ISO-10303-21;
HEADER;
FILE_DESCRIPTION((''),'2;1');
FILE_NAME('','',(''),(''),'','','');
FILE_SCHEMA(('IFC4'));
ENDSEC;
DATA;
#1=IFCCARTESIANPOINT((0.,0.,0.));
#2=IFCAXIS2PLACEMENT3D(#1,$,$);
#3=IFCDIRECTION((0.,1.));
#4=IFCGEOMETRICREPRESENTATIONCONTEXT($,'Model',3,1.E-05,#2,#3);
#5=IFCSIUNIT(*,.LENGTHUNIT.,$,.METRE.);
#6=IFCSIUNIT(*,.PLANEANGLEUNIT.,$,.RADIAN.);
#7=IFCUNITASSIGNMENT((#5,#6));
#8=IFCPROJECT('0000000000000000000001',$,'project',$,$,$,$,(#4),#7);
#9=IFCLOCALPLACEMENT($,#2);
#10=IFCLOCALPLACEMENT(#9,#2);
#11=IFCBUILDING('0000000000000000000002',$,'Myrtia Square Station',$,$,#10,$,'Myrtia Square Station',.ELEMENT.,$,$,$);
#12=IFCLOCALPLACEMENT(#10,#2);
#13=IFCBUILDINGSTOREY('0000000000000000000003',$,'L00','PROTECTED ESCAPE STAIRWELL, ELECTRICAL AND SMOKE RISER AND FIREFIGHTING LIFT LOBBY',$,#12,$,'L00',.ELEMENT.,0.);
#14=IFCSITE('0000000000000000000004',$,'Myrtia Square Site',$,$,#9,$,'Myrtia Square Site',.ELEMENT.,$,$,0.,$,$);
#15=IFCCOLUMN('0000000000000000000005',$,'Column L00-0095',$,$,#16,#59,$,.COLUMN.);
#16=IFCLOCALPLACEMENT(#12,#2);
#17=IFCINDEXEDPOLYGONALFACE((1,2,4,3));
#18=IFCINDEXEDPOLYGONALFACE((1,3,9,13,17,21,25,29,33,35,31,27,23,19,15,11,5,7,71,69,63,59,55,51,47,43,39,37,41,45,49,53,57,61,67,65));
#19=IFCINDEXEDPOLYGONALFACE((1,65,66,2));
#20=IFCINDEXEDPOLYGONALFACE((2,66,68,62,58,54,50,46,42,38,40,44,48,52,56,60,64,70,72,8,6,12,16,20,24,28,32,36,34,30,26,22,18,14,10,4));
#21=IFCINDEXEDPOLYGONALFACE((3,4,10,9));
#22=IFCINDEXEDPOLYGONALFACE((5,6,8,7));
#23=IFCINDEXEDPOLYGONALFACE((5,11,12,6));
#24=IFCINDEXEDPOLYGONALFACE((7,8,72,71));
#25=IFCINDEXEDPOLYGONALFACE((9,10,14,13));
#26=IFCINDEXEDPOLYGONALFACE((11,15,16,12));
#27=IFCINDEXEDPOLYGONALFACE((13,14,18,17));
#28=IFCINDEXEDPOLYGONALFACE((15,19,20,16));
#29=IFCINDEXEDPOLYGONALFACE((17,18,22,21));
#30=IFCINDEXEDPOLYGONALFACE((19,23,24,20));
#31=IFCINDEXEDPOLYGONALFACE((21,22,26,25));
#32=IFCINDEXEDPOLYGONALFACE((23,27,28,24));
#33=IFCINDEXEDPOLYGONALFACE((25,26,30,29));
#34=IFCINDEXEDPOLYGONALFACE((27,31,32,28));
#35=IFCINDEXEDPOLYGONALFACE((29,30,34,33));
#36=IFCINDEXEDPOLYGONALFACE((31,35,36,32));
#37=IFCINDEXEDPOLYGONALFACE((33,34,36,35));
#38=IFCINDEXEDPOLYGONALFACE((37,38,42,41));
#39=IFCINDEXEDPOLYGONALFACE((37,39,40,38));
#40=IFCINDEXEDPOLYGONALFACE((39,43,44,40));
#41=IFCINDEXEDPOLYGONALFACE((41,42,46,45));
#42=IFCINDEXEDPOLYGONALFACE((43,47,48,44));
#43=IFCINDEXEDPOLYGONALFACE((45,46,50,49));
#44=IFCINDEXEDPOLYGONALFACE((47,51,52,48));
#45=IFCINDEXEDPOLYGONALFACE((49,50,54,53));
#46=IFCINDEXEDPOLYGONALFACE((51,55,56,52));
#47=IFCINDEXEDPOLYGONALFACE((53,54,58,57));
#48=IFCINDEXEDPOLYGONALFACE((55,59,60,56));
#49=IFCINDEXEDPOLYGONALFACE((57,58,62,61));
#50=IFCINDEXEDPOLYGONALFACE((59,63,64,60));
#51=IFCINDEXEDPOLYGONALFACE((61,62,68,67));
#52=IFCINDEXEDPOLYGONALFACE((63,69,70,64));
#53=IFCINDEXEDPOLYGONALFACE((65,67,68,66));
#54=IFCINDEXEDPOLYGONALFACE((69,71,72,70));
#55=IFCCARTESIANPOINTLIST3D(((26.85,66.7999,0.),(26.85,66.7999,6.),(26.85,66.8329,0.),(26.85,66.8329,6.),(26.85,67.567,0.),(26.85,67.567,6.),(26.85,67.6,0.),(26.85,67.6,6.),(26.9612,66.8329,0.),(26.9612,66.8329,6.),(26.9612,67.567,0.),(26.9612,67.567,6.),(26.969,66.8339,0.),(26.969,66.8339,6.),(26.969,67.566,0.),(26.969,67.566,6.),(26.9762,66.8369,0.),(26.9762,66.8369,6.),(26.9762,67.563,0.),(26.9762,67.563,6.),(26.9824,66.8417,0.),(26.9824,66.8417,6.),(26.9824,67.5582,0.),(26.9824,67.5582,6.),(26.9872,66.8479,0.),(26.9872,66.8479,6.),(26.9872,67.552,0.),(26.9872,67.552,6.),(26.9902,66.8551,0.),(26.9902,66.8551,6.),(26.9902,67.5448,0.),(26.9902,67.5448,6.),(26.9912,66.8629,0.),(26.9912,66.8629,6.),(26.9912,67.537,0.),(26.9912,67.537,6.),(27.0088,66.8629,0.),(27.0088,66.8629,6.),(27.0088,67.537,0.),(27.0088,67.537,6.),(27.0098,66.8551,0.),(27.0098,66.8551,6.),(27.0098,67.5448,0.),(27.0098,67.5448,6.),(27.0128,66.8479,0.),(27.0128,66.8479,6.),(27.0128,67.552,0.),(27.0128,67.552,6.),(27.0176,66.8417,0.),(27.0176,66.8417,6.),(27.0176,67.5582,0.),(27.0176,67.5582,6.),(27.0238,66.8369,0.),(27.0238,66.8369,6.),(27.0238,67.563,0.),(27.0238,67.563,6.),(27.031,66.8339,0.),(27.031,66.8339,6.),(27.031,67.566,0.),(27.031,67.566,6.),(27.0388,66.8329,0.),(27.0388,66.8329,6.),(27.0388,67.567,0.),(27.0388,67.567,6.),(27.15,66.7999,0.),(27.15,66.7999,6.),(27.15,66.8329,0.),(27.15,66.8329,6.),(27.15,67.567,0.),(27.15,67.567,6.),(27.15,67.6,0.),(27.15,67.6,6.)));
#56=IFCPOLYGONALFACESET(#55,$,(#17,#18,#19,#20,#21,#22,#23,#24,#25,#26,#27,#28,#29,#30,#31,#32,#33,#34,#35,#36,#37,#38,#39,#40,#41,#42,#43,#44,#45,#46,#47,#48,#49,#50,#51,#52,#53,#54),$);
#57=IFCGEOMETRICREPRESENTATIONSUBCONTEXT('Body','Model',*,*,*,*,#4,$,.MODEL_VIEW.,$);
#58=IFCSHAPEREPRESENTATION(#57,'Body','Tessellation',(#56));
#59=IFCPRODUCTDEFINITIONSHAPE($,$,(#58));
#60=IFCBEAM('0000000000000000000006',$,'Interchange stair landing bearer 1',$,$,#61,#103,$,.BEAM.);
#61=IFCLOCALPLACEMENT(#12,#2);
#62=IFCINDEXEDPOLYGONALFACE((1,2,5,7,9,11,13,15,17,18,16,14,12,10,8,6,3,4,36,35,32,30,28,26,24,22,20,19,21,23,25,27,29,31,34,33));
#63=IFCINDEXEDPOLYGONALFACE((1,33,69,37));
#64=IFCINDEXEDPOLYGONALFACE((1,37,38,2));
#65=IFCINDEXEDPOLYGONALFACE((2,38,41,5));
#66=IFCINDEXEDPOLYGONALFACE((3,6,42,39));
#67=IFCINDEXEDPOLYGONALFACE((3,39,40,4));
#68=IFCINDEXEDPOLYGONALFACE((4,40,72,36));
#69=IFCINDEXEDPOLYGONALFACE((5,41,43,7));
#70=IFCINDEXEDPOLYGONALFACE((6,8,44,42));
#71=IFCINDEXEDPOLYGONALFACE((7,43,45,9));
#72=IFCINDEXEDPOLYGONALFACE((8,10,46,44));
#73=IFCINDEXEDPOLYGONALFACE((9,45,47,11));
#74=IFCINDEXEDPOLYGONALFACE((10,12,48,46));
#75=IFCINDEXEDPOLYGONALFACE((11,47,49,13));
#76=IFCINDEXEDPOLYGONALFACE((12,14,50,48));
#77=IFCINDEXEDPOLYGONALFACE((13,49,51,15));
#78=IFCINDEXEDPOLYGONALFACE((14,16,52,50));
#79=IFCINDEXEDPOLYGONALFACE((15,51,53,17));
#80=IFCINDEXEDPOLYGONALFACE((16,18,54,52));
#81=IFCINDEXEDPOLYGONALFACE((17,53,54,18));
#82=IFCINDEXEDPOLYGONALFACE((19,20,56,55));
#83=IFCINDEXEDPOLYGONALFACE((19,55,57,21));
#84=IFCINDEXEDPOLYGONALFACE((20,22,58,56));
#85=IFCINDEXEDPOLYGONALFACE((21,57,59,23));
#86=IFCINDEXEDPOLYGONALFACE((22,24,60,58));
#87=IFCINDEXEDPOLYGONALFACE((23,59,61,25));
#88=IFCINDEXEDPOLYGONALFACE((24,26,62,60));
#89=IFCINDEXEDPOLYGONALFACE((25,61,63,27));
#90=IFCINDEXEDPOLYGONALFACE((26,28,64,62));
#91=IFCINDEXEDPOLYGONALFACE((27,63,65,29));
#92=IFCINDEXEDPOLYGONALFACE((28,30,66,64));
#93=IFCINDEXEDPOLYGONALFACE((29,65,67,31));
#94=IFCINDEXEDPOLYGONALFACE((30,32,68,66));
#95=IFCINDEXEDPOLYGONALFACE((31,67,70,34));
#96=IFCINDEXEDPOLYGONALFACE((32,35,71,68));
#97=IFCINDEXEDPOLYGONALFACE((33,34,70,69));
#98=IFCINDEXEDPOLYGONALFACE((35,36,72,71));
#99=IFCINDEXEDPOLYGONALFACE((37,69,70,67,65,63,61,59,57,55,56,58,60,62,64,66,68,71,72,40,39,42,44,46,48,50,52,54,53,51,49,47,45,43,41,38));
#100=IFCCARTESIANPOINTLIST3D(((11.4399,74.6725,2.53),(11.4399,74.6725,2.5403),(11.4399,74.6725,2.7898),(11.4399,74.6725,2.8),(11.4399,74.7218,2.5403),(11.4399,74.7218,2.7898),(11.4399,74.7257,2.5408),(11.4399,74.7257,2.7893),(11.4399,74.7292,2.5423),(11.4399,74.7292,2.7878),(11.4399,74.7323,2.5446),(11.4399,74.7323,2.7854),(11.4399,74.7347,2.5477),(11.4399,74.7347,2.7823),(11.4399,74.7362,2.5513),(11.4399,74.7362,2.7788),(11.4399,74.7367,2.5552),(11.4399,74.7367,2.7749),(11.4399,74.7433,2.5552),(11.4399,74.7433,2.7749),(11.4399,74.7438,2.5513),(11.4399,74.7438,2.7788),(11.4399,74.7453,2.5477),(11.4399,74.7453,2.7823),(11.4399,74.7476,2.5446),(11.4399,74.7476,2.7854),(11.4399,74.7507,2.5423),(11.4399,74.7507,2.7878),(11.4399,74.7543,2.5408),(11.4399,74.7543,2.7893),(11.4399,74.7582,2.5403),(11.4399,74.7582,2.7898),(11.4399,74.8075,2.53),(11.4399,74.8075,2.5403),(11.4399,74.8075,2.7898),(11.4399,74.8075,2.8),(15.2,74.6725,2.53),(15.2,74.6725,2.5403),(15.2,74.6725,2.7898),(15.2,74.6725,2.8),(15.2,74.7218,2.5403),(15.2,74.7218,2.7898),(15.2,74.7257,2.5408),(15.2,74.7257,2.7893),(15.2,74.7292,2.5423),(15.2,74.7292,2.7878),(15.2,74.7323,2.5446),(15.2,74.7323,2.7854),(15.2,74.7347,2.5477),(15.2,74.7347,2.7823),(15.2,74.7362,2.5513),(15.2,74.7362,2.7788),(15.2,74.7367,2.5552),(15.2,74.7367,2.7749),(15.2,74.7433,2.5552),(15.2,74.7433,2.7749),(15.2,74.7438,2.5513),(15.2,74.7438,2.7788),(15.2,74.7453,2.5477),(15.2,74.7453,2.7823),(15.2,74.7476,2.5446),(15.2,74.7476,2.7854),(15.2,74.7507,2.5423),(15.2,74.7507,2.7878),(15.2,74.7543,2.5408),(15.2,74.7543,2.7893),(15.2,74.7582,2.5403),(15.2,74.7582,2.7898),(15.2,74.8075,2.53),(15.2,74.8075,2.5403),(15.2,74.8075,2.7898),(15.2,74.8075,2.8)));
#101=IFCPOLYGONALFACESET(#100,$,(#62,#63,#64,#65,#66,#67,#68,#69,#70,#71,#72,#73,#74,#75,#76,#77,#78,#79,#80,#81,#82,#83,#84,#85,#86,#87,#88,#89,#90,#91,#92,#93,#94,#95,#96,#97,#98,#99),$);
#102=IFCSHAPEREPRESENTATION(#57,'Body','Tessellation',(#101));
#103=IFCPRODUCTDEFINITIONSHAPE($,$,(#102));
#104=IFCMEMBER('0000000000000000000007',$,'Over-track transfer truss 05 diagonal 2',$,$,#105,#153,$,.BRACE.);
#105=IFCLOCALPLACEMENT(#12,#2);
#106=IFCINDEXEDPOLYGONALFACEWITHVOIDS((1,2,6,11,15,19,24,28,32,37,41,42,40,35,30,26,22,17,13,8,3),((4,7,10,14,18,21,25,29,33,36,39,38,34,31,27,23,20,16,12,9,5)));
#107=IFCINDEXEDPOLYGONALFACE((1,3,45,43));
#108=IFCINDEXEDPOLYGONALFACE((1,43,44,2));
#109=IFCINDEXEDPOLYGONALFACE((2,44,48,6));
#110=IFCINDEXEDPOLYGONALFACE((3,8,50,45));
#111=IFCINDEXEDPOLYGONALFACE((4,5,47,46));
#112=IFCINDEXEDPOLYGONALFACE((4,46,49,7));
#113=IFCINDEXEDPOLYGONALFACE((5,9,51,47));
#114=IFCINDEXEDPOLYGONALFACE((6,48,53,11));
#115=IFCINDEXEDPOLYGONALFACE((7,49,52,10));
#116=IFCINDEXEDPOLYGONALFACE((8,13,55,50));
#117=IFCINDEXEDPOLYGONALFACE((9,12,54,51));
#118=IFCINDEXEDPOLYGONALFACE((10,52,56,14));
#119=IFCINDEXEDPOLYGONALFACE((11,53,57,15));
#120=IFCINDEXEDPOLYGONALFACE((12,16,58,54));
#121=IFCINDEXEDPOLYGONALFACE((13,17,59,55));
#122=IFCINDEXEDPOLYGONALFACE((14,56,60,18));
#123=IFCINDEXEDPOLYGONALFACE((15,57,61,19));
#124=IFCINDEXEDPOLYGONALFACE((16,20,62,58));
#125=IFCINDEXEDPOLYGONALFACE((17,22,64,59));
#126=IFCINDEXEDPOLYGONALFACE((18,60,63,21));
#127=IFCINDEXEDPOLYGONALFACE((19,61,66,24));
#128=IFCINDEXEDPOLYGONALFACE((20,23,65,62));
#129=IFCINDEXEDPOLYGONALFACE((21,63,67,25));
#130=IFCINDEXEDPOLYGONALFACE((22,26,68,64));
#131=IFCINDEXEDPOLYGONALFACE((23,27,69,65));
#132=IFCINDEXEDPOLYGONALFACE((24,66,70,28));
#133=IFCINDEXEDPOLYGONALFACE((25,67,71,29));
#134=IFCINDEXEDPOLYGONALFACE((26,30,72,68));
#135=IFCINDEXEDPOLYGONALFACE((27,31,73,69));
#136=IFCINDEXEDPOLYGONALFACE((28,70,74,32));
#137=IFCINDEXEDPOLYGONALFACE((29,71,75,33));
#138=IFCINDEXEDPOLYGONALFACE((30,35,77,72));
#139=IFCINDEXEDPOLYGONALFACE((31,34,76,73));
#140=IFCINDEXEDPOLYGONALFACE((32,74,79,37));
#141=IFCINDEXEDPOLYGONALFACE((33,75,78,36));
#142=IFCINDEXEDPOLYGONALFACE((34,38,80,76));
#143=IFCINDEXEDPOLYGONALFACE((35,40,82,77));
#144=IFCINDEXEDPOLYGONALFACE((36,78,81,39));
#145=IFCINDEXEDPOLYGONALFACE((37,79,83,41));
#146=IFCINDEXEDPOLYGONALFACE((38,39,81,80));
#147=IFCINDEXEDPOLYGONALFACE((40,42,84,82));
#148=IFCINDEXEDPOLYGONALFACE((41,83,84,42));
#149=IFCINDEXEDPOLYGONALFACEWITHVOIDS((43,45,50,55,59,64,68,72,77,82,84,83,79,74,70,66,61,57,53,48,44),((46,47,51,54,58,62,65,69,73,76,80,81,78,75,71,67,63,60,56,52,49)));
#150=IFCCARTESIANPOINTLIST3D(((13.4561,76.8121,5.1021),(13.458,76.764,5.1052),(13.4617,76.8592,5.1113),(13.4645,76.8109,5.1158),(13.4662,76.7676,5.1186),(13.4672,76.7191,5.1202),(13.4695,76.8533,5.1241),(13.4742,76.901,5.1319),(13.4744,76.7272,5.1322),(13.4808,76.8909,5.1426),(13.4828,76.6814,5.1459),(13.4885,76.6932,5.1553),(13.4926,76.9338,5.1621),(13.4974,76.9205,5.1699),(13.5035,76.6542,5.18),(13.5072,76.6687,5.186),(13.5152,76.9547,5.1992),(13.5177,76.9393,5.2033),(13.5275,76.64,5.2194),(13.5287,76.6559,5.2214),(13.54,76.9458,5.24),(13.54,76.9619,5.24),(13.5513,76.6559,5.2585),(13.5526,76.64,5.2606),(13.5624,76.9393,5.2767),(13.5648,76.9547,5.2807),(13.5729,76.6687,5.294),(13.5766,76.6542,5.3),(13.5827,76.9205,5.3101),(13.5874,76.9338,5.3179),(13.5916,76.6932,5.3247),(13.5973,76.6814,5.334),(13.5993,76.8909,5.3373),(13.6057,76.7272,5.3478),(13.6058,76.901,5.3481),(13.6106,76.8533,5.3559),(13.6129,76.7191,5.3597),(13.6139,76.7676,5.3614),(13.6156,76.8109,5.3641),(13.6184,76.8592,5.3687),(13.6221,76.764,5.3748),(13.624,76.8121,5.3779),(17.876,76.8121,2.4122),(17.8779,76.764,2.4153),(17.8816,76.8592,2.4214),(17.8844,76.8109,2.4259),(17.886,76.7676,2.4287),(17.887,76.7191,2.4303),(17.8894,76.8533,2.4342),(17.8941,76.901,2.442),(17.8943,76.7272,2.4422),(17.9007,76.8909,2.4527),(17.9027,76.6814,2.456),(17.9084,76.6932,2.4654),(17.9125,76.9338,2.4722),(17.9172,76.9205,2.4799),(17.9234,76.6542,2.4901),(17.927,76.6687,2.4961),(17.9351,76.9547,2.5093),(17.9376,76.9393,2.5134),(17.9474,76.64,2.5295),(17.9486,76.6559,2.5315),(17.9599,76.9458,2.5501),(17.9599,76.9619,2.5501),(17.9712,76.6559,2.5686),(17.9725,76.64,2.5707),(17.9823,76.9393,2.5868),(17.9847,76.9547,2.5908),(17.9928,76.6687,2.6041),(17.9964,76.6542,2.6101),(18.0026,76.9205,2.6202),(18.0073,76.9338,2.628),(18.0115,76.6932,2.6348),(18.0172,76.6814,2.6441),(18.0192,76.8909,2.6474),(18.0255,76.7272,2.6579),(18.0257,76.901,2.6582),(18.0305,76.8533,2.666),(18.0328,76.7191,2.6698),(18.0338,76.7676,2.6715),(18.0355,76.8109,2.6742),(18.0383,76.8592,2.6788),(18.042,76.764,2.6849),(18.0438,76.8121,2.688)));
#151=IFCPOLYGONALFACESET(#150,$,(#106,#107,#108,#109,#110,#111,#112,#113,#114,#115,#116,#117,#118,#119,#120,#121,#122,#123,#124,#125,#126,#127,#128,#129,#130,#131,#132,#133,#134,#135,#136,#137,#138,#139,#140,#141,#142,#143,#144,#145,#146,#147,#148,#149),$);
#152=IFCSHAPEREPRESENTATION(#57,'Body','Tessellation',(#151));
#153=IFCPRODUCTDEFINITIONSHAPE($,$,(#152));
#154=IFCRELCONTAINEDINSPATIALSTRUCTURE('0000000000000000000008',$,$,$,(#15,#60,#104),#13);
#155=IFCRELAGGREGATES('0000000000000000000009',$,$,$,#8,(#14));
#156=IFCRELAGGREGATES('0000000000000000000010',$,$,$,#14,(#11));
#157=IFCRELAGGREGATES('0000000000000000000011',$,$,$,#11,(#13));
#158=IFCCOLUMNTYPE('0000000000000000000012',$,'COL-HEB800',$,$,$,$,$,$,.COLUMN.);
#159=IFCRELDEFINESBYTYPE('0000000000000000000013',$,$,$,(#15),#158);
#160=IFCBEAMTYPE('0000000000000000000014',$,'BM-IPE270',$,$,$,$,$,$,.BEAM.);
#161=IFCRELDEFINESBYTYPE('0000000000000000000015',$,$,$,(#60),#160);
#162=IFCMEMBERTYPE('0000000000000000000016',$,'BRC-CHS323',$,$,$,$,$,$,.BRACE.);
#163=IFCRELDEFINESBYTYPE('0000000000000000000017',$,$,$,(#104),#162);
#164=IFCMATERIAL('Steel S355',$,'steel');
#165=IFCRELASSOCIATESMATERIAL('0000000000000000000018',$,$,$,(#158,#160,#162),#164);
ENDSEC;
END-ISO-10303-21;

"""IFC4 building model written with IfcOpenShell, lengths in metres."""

from ifc_helpers import new_model, si_unit, direction, frame, origin, origin_2d, place, context, subcontext, project, spatial, hollow_circle, i_section, extrude, material, material_profile, profile_set, type_object, element, save


model = new_model("IFC4")

# Units and contexts
model_context = context("Model", 3, precision=1e-05, world=origin(), true_north=direction((0.0, 1.0)))
body_context = subcontext(model_context, "Body", "Model", "MODEL_VIEW")
ifc_project = project(units=[si_unit("LENGTHUNIT", "METRE"), si_unit("PLANEANGLEUNIT", "RADIAN")], contexts=[model_context])

# Site, building, storey
site_placement = place(None, origin())
site = spatial("IfcSite", under=ifc_project, at=site_placement, Name="Myrtia Square Site", LongName="Myrtia Square Site", CompositionType="ELEMENT", RefElevation=0.0)
building_placement = place(site_placement, origin())
building = spatial("IfcBuilding", under=site, at=building_placement, Name="Myrtia Square Station", LongName="Myrtia Square Station", CompositionType="ELEMENT")
storey_placement = place(building_placement, origin())
storey = spatial("IfcBuildingStorey", under=building, at=storey_placement, Name="L00", Description="PROTECTED ESCAPE STAIRWELL, ELECTRICAL AND SMOKE RISER AND FIREFIGHTING LIFT LOBBY", LongName="L00", CompositionType="ELEMENT", Elevation=0.0)

# Column
ifc_material_1 = material(Name="Steel S355", Category="steel")
ifc_material_profile_1 = material_profile(ifc_material_1, i_section(OverallWidth=0.3, OverallDepth=0.8, WebThickness=0.0176, FlangeThickness=0.033, FilletRadius=0.03, at=origin_2d()), Name="HEB 800")
ifc_profile_set_1 = profile_set([ifc_material_profile_1], Name="Steel S355")
column_type_1 = type_object("IfcColumnType", Name="COL-HEB800", PredefinedType="COLUMN", material=ifc_profile_set_1)
column_placement = place(storey_placement, frame((27.0, 67.2, 0.0), z_axis=(0.0, 0.0, 1.0), x_axis=(1.0, 0.0, 0.0)))
element("IfcColumn", 1, at=column_placement, inside=storey, type_object=column_type_1, Name="Column L00-0095", PredefinedType="COLUMN", context=body_context, shape_type="SweptSolid", body=[
    extrude(i_section(OverallWidth=0.3, OverallDepth=0.8, WebThickness=0.0176, FlangeThickness=0.033, FilletRadius=0.03, at=origin_2d()), origin(), (0.0, 0.0, 1.0), 6.0),
])

# Beam
ifc_material_profile_2 = material_profile(ifc_material_1, i_section(OverallWidth=0.135, OverallDepth=0.27, WebThickness=0.0066, FlangeThickness=0.0103, FilletRadius=0.0149, at=origin_2d()), Name="IPE 270")
ifc_profile_set_2 = profile_set([ifc_material_profile_2], Name="Steel S355")
beam_type_1 = type_object("IfcBeamType", Name="BM-IPE270", PredefinedType="BEAM", material=ifc_profile_set_2)
beam_1_placement = place(storey_placement, frame((11.4399, 74.74, 2.665), z_axis=(1.0, 0.0, 0.0), x_axis=(0.0, 1.0, 0.0)))
element("IfcBeam", 2, at=beam_1_placement, inside=storey, type_object=beam_type_1, Name="Interchange stair landing bearer 1", PredefinedType="BEAM", context=body_context, shape_type="SweptSolid", body=[
    extrude(i_section(OverallWidth=0.135, OverallDepth=0.27, WebThickness=0.0066, FlangeThickness=0.0103, FilletRadius=0.0149, at=origin_2d()), origin(), (0.0, 0.0, 1.0), 3.76),
])

# Member
ifc_material_profile_3 = material_profile(ifc_material_1, hollow_circle(Radius=0.1619, WallThickness=0.0161, at=origin_2d()), Name="CHS 323.9x16")
ifc_profile_set_3 = profile_set([ifc_material_profile_3], Name="Steel S355")
member_type_1 = type_object("IfcMemberType", Name="BRC-CHS323", PredefinedType="BRACE", material=ifc_profile_set_3)
for number, where, z_axis, x_axis, name in (
    (3, (13.54, 76.8, 5.24), (0.854237, 0.0, -0.519884), (0.0, 1.0, 0.0), "Over-track transfer truss 05 diagonal 2"),
):
    element("IfcMember", number, at=place(storey_placement, frame(where, z_axis=z_axis, x_axis=x_axis)), inside=storey, type_object=member_type_1, Name=name, PredefinedType="BRACE", context=body_context, shape_type="SweptSolid", body=[
        extrude(hollow_circle(Radius=0.1619, WallThickness=0.0161, at=origin_2d()), origin(), (0.0, 0.0, 1.0), 5.1741),
    ])

save(model, "model.ifc")
